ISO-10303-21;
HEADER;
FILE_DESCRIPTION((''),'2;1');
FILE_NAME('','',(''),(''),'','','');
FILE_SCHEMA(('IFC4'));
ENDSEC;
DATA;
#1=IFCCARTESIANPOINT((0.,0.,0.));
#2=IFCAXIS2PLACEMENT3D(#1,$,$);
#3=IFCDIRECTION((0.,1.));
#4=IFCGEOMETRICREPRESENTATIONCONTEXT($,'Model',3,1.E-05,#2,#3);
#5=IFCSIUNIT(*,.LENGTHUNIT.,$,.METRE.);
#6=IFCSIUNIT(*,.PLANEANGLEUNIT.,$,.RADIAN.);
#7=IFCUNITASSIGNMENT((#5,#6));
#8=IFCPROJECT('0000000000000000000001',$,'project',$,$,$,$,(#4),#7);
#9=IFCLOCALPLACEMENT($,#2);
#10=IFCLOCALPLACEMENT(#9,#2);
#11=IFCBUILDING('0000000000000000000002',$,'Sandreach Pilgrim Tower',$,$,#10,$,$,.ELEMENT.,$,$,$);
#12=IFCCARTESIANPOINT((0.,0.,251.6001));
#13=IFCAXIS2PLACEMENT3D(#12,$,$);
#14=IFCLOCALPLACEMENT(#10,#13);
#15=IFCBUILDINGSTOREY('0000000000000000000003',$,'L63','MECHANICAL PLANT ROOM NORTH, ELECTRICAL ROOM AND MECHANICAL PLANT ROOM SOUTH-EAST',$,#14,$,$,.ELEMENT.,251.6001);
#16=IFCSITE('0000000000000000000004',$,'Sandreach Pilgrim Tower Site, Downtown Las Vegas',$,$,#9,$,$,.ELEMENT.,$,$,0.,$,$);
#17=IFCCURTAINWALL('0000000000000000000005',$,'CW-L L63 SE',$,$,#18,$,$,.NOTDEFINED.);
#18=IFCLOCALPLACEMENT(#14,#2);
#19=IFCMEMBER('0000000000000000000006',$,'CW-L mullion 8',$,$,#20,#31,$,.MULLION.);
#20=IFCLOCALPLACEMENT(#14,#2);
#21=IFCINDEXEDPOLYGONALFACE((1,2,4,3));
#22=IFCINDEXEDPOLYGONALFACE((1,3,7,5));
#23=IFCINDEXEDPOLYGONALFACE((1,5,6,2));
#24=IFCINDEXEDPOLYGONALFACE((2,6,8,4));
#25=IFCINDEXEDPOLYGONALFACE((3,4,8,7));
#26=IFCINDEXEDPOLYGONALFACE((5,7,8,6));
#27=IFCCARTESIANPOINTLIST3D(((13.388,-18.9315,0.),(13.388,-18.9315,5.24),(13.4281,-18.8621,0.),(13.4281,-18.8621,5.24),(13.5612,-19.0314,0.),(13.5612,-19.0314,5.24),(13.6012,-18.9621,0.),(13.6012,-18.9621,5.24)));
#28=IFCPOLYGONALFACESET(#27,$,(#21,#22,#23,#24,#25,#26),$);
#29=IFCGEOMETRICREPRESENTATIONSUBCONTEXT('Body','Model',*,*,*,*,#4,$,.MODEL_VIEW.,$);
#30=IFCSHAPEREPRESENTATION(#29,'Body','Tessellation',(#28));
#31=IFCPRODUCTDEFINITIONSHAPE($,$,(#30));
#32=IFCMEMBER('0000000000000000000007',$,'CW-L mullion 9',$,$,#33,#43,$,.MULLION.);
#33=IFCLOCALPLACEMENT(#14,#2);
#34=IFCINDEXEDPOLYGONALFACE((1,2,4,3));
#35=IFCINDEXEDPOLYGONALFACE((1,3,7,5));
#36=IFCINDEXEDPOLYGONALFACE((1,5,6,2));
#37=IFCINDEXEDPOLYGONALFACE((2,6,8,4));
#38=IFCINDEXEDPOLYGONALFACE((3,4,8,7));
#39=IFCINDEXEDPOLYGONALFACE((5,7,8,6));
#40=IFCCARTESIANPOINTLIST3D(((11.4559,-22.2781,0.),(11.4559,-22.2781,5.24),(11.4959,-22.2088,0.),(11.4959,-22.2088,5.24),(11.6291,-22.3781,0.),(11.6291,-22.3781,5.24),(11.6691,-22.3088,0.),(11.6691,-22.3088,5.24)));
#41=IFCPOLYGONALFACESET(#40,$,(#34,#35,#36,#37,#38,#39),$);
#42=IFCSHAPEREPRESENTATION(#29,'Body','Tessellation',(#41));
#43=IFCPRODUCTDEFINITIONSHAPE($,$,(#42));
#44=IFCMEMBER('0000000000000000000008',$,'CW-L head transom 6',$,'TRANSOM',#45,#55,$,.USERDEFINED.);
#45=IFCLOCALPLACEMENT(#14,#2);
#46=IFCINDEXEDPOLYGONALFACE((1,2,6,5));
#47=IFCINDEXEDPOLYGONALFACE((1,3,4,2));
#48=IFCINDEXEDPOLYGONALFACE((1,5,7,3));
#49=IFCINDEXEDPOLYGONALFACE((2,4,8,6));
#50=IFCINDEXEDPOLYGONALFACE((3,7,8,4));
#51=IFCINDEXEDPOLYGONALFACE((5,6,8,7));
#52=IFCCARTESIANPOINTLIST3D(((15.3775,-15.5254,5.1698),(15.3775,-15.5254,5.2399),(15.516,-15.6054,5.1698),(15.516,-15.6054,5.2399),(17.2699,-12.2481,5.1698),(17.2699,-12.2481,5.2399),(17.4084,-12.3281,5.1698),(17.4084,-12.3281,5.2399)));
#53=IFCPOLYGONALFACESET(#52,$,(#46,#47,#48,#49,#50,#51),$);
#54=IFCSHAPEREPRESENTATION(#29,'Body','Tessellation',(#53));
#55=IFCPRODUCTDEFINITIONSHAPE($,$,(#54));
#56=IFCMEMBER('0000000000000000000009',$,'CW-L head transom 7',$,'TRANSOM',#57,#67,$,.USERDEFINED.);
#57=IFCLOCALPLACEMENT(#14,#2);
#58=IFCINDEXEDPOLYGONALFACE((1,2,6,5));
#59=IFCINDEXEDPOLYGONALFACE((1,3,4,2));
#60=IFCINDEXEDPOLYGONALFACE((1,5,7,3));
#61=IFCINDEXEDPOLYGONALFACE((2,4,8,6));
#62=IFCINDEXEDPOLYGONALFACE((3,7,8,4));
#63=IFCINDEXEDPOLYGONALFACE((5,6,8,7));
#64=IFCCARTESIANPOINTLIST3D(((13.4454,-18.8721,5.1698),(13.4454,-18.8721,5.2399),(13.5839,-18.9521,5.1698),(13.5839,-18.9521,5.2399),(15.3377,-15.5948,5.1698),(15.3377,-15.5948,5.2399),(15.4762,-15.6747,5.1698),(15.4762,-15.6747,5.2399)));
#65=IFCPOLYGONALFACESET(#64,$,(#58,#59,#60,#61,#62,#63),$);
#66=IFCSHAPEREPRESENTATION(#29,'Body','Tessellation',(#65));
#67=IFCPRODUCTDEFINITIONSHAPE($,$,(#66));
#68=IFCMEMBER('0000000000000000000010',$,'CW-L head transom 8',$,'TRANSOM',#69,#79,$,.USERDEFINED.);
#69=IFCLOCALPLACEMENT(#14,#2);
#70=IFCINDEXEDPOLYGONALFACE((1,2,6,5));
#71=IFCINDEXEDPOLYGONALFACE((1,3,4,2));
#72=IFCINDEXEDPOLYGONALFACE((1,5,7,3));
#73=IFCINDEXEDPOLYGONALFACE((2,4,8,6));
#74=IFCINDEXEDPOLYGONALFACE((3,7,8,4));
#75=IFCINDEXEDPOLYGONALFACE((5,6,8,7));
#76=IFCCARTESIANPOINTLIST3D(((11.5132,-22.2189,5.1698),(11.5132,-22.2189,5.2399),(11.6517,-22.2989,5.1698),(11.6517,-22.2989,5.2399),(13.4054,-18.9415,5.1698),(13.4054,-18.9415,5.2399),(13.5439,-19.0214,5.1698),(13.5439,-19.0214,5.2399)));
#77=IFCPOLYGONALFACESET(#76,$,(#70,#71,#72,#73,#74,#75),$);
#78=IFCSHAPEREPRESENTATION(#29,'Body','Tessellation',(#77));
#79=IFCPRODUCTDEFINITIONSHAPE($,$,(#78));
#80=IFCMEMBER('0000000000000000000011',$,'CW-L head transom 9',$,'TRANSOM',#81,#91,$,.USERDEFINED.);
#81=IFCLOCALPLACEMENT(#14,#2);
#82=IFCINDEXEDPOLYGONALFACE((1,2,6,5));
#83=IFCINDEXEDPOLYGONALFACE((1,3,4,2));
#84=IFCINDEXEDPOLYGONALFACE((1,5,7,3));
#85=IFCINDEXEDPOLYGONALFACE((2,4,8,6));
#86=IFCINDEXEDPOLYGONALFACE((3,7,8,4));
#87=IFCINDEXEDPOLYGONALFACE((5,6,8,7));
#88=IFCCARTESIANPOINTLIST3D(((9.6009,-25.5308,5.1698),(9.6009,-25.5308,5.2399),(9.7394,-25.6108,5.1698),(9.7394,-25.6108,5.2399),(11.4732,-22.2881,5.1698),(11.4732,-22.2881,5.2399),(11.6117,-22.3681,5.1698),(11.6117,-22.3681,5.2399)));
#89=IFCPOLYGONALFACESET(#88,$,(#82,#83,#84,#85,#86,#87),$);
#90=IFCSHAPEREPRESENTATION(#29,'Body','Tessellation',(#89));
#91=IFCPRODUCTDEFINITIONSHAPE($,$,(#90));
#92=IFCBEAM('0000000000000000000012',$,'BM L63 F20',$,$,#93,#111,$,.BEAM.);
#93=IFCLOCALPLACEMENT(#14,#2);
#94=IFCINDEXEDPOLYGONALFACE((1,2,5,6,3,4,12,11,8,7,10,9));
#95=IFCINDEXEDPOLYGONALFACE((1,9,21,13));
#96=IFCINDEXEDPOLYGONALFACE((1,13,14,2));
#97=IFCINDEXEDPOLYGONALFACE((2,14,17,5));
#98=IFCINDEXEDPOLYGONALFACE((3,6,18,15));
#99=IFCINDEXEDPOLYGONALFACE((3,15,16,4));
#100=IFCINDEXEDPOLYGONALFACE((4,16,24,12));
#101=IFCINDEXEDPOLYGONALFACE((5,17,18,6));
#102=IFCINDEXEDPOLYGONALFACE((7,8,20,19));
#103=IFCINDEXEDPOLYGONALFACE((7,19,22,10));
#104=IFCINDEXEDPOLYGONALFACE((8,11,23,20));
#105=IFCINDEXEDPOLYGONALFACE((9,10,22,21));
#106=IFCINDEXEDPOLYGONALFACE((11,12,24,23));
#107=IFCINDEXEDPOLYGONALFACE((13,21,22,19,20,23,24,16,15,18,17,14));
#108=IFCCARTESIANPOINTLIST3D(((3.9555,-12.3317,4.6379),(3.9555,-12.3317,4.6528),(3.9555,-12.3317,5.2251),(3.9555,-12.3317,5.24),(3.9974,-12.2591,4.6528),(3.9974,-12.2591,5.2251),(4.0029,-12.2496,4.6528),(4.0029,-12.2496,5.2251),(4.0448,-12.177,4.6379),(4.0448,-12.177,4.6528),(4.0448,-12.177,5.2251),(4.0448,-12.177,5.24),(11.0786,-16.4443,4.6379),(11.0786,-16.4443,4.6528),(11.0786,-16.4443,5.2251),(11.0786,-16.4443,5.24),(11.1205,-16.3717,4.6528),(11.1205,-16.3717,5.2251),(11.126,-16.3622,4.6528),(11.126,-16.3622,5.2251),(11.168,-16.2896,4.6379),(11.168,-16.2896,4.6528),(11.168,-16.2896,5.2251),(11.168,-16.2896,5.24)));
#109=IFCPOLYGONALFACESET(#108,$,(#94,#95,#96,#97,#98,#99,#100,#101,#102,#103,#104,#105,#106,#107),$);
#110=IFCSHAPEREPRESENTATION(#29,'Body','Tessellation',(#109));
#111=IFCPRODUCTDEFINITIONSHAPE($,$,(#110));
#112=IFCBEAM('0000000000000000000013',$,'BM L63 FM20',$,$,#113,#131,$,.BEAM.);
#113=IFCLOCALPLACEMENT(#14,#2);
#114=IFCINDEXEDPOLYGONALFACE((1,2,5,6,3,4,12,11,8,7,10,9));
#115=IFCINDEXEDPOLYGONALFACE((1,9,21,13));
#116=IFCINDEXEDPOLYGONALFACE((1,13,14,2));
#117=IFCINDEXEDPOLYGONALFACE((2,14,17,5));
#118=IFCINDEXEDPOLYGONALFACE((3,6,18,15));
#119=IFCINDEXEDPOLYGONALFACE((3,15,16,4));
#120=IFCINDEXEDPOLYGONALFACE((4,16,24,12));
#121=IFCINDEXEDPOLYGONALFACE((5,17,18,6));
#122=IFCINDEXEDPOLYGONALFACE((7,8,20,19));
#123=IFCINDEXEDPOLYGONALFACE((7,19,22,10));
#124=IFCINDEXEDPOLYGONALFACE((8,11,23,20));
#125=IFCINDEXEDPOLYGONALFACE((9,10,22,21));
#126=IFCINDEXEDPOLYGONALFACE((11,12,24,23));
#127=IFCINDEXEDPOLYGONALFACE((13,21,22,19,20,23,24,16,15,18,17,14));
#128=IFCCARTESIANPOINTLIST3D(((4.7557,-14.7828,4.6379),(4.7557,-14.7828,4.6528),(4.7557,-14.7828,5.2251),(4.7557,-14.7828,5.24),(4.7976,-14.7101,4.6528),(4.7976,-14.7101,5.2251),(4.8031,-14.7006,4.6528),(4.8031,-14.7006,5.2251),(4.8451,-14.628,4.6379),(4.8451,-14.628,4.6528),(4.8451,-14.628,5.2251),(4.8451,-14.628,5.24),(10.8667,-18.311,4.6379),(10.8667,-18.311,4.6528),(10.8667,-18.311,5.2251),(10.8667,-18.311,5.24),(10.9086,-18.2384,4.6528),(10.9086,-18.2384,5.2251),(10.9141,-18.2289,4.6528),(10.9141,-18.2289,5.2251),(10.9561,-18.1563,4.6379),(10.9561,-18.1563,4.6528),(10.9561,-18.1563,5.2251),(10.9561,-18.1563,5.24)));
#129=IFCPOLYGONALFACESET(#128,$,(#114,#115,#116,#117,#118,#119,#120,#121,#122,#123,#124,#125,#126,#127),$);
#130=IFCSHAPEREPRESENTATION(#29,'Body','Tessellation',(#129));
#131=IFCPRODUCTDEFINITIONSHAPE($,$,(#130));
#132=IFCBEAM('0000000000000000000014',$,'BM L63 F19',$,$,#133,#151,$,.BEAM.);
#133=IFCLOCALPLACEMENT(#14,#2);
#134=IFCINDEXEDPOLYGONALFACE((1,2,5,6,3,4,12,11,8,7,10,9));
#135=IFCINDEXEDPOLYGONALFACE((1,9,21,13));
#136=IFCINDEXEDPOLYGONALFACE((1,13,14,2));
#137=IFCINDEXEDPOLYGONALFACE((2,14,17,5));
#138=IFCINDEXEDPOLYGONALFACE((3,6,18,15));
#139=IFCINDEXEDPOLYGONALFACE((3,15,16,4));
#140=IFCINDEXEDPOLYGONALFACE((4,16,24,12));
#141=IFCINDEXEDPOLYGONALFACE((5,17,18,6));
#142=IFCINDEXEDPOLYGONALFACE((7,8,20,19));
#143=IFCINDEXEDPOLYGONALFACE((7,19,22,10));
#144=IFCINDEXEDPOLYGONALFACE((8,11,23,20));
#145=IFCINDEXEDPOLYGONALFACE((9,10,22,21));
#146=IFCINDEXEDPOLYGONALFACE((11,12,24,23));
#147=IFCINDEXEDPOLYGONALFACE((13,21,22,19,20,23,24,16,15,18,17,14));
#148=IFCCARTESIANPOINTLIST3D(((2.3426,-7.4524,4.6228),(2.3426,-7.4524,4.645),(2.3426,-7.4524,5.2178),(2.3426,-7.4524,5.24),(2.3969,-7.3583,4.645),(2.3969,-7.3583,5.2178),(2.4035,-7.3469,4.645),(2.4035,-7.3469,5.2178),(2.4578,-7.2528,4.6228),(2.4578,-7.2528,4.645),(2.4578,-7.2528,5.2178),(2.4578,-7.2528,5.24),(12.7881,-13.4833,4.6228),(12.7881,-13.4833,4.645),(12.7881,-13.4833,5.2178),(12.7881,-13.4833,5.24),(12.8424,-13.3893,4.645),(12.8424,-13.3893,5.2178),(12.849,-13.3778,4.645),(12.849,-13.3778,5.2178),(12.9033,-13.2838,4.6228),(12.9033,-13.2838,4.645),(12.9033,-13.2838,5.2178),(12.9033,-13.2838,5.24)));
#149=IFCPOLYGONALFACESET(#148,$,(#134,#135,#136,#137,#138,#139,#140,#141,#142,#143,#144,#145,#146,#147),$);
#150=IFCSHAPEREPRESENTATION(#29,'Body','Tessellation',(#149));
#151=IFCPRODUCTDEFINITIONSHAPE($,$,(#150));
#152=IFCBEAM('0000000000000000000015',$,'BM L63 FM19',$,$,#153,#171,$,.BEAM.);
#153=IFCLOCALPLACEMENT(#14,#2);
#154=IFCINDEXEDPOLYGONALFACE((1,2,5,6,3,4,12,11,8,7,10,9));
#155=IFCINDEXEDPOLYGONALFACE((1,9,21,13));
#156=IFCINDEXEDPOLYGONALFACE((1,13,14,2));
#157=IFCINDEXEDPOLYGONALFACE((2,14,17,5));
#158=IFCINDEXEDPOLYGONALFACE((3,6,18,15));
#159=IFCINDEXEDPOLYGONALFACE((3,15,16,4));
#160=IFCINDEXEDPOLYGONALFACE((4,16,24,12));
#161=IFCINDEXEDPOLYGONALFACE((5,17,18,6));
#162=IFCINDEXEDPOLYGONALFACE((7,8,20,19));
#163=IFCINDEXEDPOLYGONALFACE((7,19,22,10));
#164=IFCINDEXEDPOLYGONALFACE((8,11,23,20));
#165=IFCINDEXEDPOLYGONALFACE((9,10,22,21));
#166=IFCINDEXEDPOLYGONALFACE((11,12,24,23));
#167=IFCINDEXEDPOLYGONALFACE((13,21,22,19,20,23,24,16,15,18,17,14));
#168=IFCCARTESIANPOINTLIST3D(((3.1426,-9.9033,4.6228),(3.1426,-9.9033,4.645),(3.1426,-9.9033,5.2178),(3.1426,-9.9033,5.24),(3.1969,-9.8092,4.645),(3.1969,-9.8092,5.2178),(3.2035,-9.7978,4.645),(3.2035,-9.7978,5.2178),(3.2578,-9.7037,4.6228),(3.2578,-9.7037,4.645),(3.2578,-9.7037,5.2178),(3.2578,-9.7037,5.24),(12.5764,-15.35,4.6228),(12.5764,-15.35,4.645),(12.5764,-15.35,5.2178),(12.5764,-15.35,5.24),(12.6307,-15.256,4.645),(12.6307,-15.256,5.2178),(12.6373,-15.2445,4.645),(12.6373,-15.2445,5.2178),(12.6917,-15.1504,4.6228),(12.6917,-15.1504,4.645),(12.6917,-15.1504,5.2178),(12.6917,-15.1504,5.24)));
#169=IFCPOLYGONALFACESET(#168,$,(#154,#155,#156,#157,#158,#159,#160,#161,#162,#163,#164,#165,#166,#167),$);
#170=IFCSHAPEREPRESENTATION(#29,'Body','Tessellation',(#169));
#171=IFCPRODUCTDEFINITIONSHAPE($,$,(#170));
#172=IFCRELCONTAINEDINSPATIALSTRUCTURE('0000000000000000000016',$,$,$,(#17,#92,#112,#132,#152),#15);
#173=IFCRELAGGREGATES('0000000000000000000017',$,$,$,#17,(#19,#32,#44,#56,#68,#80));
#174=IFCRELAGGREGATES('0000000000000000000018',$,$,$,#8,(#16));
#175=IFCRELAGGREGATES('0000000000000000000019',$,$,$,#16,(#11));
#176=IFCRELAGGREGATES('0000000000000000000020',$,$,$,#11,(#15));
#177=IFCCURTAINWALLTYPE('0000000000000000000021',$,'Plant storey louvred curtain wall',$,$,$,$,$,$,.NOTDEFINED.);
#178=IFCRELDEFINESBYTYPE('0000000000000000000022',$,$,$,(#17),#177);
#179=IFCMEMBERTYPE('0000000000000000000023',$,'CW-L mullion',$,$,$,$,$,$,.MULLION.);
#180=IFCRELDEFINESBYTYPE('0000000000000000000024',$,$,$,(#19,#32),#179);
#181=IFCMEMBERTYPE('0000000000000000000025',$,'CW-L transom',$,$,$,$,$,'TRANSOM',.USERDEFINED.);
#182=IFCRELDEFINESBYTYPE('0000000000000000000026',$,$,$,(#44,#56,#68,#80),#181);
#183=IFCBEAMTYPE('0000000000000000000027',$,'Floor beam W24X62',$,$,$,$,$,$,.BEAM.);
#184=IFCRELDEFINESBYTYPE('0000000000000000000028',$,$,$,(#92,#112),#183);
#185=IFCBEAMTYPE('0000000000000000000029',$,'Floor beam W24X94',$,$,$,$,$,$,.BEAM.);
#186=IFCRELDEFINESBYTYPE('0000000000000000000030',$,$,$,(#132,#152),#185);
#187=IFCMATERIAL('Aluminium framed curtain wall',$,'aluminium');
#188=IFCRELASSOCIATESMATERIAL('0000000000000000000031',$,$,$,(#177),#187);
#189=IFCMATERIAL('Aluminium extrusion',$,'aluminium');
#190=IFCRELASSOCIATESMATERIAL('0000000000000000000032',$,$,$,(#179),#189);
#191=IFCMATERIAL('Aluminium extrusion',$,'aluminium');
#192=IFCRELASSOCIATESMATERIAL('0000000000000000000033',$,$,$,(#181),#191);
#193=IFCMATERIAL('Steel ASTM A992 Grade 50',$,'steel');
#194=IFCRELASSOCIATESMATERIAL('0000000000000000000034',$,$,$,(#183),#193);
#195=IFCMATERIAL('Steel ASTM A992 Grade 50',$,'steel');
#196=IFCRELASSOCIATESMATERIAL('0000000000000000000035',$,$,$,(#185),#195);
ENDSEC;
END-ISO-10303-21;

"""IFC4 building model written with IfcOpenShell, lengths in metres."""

from ifc_helpers import new_model, si_unit, direction, frame, origin, origin_2d, place, context, subcontext, project, spatial, rectangle, i_section, extrude, material, material_profile, profile_set, type_object, element, aggregate, save


model = new_model("IFC4")

# Units and contexts
model_context = context("Model", 3, precision=1e-05, world=origin(), true_north=direction((0.0, 1.0)))
body_context = subcontext(model_context, "Body", "Model", "MODEL_VIEW")
ifc_project = project(units=[si_unit("LENGTHUNIT", "METRE"), si_unit("PLANEANGLEUNIT", "RADIAN")], contexts=[model_context])

# Site, building, storey
site_placement = place(None, origin())
site = spatial("IfcSite", under=ifc_project, at=site_placement, Name="Sandreach Pilgrim Tower Site, Downtown Las Vegas", CompositionType="ELEMENT", RefElevation=0.0)
building_placement = place(site_placement, origin())
building = spatial("IfcBuilding", under=site, at=building_placement, Name="Sandreach Pilgrim Tower", CompositionType="ELEMENT")
storey_placement = place(building_placement, frame((0.0, 0.0, 251.6001)))
storey = spatial("IfcBuildingStorey", under=building, at=storey_placement, Name="L63", Description="MECHANICAL PLANT ROOM NORTH, ELECTRICAL ROOM AND MECHANICAL PLANT ROOM SOUTH-EAST", CompositionType="ELEMENT", Elevation=251.6001)

# Curtain wall, members
ifc_material_1 = material(Name="Aluminium framed curtain wall", Category="aluminium")
curtain_wall_type = type_object("IfcCurtainWallType", Name="Plant storey louvred curtain wall", PredefinedType="NOTDEFINED", material=ifc_material_1)
curtain_wall_placement = place(storey_placement, origin())
curtain_wall = element("IfcCurtainWall", 1, at=curtain_wall_placement, inside=storey, type_object=curtain_wall_type, Name="CW-L L63 SE", PredefinedType="NOTDEFINED")
ifc_material_2 = material(Name="Aluminium extrusion", Category="aluminium")
ifc_material_profile_1 = material_profile(ifc_material_2, rectangle(XDim=0.0801, YDim=0.2, at=origin_2d()), Name="CW-LM 80X200")
ifc_profile_set_1 = profile_set([ifc_material_profile_1], Name="Aluminium extrusion")
member_type_1 = type_object("IfcMemberType", Name="CW-L mullion", PredefinedType="MULLION", material=ifc_profile_set_1)
member_1_placement = place(storey_placement, frame((13.4946, -18.9468, 0.0), z_axis=(0.0, 0.0, 1.0), x_axis=(-0.5, -0.866025, 0.0)))
member_1 = element("IfcMember", 2, at=member_1_placement, type_object=member_type_1, Name="CW-L mullion 8", PredefinedType="MULLION", context=body_context, shape_type="SweptSolid", body=[
    extrude(rectangle(XDim=0.0801, YDim=0.2, at=origin_2d()), origin(), (0.0, 0.0, 1.0), 5.24),
])
member_2_placement = place(storey_placement, frame((11.5625, -22.2935, 0.0), z_axis=(0.0, 0.0, 1.0), x_axis=(-0.5, -0.866025, 0.0)))
member_2 = element("IfcMember", 3, at=member_2_placement, type_object=member_type_1, Name="CW-L mullion 9", PredefinedType="MULLION", context=body_context, shape_type="SweptSolid", body=[
    extrude(rectangle(XDim=0.0801, YDim=0.2, at=origin_2d()), origin(), (0.0, 0.0, 1.0), 5.24),
])
ifc_material_3 = material(Name="Aluminium extrusion", Category="aluminium")
ifc_material_profile_2 = material_profile(ifc_material_3, rectangle(XDim=0.1599, YDim=0.0701, at=origin_2d()), Name="CW-LT 160X70")
ifc_profile_set_2 = profile_set([ifc_material_profile_2], Name="Aluminium extrusion")
member_type_2 = type_object("IfcMemberType", Name="CW-L transom", ElementType="TRANSOM", PredefinedType="USERDEFINED", material=ifc_profile_set_2)
member_3_placement = place(storey_placement, frame((17.3391, -12.2881, 5.2048), z_axis=(-0.500031, -0.866007, 0.0), x_axis=(0.866007, -0.500031, 0.0)))
member_3 = element("IfcMember", 4, at=member_3_placement, type_object=member_type_2, Name="CW-L head transom 6", ObjectType="TRANSOM", PredefinedType="USERDEFINED", context=body_context, shape_type="SweptSolid", body=[
    extrude(rectangle(XDim=0.1599, YDim=0.0701, at=origin_2d()), origin(), (0.0, 0.0, 1.0), 3.7844),
])
member_4_placement = place(storey_placement, frame((15.407, -15.6348, 5.2048), z_axis=(-0.500031, -0.866007, 0.0), x_axis=(0.866007, -0.500031, 0.0)))
member_4 = element("IfcMember", 5, at=member_4_placement, type_object=member_type_2, Name="CW-L head transom 7", ObjectType="TRANSOM", PredefinedType="USERDEFINED", context=body_context, shape_type="SweptSolid", body=[
    extrude(rectangle(XDim=0.1599, YDim=0.0701, at=origin_2d()), origin(), (0.0, 0.0, 1.0), 3.7844),
])
member_5_placement = place(storey_placement, frame((13.4746, -18.9814, 5.2048), z_axis=(-0.499983, -0.866035, 0.0), x_axis=(0.866035, -0.499983, 0.0)))
member_5 = element("IfcMember", 6, at=member_5_placement, type_object=member_type_2, Name="CW-L head transom 8", ObjectType="TRANSOM", PredefinedType="USERDEFINED", context=body_context, shape_type="SweptSolid", body=[
    extrude(rectangle(XDim=0.1599, YDim=0.0701, at=origin_2d()), origin(), (0.0, 0.0, 1.0), 3.7844),
])
member_6_placement = place(storey_placement, frame((11.5425, -22.3281, 5.2048), z_axis=(-0.500031, -0.866008, 0.0), x_axis=(0.866008, -0.500031, 0.0)))
member_6 = element("IfcMember", 7, at=member_6_placement, type_object=member_type_2, Name="CW-L head transom 9", ObjectType="TRANSOM", PredefinedType="USERDEFINED", context=body_context, shape_type="SweptSolid", body=[
    extrude(rectangle(XDim=0.1599, YDim=0.0701, at=origin_2d()), origin(), (0.0, 0.0, 1.0), 3.7444),
])

# Beams
ifc_material_4 = material(Name="Steel ASTM A992 Grade 50", Category="steel")
ifc_material_profile_3 = material_profile(ifc_material_4, i_section(OverallWidth=0.1787, OverallDepth=0.6021, WebThickness=0.011, FlangeThickness=0.0149, at=origin_2d()), Name="W24X62")
ifc_profile_set_3 = profile_set([ifc_material_profile_3], Name="Steel ASTM A992 Grade 50")
beam_type_1 = type_object("IfcBeamType", Name="Floor beam W24X62", PredefinedType="BEAM", material=ifc_profile_set_3)
beam_1_placement = place(storey_placement, frame((11.1233, -16.3669, 4.939), z_axis=(-0.866022, 0.500005, 0.0), x_axis=(-0.500005, -0.866022, 0.0)))
element("IfcBeam", 8, at=beam_1_placement, inside=storey, type_object=beam_type_1, Name="BM L63 F20", PredefinedType="BEAM", context=body_context, shape_type="SweptSolid", body=[
    extrude(i_section(OverallWidth=0.1787, OverallDepth=0.6021, WebThickness=0.011, FlangeThickness=0.0149, at=origin_2d()), origin(), (0.0, 0.0, 1.0), 8.2251),
])
beam_2_placement = place(storey_placement, frame((10.9114, -18.2336, 4.939), z_axis=(-0.86602, 0.500009, 0.0), x_axis=(-0.500009, -0.86602, 0.0)))
element("IfcBeam", 9, at=beam_2_placement, inside=storey, type_object=beam_type_1, Name="BM L63 FM20", PredefinedType="BEAM", context=body_context, shape_type="SweptSolid", body=[
    extrude(i_section(OverallWidth=0.1787, OverallDepth=0.6021, WebThickness=0.011, FlangeThickness=0.0149, at=origin_2d()), origin(), (0.0, 0.0, 1.0), 7.0564),
])
ifc_material_5 = material(Name="Steel ASTM A992 Grade 50", Category="steel")
ifc_material_profile_4 = material_profile(ifc_material_5, i_section(OverallWidth=0.2305, OverallDepth=0.6172, WebThickness=0.0132, FlangeThickness=0.0222, at=origin_2d()), Name="W24X94")
ifc_profile_set_4 = profile_set([ifc_material_profile_4], Name="Steel ASTM A992 Grade 50")
beam_type_2 = type_object("IfcBeamType", Name="Floor beam W24X94", PredefinedType="BEAM", material=ifc_profile_set_4)
beam_3_placement = place(storey_placement, frame((12.8457, -13.3835, 4.9314), z_axis=(-0.866016, 0.500016, 0.0), x_axis=(-0.500016, -0.866016, 0.0)))
element("IfcBeam", 10, at=beam_3_placement, inside=storey, type_object=beam_type_2, Name="BM L63 F19", PredefinedType="BEAM", context=body_context, shape_type="SweptSolid", body=[
    extrude(i_section(OverallWidth=0.2305, OverallDepth=0.6172, WebThickness=0.0132, FlangeThickness=0.0222, at=origin_2d()), origin(), (0.0, 0.0, 1.0), 12.0615),
])
beam_4_placement = place(storey_placement, frame((12.634, -15.2502, 4.9314), z_axis=(-0.86602, 0.50001, 0.0), x_axis=(-0.50001, -0.86602, 0.0)))
element("IfcBeam", 11, at=beam_4_placement, inside=storey, type_object=beam_type_2, Name="BM L63 FM19", PredefinedType="BEAM", context=body_context, shape_type="SweptSolid", body=[
    extrude(i_section(OverallWidth=0.2305, OverallDepth=0.6172, WebThickness=0.0132, FlangeThickness=0.0222, at=origin_2d()), origin(), (0.0, 0.0, 1.0), 10.8933),
])

aggregate(curtain_wall, [member_1, member_2, member_3, member_4, member_5, member_6])

save(model, "model.ifc")
